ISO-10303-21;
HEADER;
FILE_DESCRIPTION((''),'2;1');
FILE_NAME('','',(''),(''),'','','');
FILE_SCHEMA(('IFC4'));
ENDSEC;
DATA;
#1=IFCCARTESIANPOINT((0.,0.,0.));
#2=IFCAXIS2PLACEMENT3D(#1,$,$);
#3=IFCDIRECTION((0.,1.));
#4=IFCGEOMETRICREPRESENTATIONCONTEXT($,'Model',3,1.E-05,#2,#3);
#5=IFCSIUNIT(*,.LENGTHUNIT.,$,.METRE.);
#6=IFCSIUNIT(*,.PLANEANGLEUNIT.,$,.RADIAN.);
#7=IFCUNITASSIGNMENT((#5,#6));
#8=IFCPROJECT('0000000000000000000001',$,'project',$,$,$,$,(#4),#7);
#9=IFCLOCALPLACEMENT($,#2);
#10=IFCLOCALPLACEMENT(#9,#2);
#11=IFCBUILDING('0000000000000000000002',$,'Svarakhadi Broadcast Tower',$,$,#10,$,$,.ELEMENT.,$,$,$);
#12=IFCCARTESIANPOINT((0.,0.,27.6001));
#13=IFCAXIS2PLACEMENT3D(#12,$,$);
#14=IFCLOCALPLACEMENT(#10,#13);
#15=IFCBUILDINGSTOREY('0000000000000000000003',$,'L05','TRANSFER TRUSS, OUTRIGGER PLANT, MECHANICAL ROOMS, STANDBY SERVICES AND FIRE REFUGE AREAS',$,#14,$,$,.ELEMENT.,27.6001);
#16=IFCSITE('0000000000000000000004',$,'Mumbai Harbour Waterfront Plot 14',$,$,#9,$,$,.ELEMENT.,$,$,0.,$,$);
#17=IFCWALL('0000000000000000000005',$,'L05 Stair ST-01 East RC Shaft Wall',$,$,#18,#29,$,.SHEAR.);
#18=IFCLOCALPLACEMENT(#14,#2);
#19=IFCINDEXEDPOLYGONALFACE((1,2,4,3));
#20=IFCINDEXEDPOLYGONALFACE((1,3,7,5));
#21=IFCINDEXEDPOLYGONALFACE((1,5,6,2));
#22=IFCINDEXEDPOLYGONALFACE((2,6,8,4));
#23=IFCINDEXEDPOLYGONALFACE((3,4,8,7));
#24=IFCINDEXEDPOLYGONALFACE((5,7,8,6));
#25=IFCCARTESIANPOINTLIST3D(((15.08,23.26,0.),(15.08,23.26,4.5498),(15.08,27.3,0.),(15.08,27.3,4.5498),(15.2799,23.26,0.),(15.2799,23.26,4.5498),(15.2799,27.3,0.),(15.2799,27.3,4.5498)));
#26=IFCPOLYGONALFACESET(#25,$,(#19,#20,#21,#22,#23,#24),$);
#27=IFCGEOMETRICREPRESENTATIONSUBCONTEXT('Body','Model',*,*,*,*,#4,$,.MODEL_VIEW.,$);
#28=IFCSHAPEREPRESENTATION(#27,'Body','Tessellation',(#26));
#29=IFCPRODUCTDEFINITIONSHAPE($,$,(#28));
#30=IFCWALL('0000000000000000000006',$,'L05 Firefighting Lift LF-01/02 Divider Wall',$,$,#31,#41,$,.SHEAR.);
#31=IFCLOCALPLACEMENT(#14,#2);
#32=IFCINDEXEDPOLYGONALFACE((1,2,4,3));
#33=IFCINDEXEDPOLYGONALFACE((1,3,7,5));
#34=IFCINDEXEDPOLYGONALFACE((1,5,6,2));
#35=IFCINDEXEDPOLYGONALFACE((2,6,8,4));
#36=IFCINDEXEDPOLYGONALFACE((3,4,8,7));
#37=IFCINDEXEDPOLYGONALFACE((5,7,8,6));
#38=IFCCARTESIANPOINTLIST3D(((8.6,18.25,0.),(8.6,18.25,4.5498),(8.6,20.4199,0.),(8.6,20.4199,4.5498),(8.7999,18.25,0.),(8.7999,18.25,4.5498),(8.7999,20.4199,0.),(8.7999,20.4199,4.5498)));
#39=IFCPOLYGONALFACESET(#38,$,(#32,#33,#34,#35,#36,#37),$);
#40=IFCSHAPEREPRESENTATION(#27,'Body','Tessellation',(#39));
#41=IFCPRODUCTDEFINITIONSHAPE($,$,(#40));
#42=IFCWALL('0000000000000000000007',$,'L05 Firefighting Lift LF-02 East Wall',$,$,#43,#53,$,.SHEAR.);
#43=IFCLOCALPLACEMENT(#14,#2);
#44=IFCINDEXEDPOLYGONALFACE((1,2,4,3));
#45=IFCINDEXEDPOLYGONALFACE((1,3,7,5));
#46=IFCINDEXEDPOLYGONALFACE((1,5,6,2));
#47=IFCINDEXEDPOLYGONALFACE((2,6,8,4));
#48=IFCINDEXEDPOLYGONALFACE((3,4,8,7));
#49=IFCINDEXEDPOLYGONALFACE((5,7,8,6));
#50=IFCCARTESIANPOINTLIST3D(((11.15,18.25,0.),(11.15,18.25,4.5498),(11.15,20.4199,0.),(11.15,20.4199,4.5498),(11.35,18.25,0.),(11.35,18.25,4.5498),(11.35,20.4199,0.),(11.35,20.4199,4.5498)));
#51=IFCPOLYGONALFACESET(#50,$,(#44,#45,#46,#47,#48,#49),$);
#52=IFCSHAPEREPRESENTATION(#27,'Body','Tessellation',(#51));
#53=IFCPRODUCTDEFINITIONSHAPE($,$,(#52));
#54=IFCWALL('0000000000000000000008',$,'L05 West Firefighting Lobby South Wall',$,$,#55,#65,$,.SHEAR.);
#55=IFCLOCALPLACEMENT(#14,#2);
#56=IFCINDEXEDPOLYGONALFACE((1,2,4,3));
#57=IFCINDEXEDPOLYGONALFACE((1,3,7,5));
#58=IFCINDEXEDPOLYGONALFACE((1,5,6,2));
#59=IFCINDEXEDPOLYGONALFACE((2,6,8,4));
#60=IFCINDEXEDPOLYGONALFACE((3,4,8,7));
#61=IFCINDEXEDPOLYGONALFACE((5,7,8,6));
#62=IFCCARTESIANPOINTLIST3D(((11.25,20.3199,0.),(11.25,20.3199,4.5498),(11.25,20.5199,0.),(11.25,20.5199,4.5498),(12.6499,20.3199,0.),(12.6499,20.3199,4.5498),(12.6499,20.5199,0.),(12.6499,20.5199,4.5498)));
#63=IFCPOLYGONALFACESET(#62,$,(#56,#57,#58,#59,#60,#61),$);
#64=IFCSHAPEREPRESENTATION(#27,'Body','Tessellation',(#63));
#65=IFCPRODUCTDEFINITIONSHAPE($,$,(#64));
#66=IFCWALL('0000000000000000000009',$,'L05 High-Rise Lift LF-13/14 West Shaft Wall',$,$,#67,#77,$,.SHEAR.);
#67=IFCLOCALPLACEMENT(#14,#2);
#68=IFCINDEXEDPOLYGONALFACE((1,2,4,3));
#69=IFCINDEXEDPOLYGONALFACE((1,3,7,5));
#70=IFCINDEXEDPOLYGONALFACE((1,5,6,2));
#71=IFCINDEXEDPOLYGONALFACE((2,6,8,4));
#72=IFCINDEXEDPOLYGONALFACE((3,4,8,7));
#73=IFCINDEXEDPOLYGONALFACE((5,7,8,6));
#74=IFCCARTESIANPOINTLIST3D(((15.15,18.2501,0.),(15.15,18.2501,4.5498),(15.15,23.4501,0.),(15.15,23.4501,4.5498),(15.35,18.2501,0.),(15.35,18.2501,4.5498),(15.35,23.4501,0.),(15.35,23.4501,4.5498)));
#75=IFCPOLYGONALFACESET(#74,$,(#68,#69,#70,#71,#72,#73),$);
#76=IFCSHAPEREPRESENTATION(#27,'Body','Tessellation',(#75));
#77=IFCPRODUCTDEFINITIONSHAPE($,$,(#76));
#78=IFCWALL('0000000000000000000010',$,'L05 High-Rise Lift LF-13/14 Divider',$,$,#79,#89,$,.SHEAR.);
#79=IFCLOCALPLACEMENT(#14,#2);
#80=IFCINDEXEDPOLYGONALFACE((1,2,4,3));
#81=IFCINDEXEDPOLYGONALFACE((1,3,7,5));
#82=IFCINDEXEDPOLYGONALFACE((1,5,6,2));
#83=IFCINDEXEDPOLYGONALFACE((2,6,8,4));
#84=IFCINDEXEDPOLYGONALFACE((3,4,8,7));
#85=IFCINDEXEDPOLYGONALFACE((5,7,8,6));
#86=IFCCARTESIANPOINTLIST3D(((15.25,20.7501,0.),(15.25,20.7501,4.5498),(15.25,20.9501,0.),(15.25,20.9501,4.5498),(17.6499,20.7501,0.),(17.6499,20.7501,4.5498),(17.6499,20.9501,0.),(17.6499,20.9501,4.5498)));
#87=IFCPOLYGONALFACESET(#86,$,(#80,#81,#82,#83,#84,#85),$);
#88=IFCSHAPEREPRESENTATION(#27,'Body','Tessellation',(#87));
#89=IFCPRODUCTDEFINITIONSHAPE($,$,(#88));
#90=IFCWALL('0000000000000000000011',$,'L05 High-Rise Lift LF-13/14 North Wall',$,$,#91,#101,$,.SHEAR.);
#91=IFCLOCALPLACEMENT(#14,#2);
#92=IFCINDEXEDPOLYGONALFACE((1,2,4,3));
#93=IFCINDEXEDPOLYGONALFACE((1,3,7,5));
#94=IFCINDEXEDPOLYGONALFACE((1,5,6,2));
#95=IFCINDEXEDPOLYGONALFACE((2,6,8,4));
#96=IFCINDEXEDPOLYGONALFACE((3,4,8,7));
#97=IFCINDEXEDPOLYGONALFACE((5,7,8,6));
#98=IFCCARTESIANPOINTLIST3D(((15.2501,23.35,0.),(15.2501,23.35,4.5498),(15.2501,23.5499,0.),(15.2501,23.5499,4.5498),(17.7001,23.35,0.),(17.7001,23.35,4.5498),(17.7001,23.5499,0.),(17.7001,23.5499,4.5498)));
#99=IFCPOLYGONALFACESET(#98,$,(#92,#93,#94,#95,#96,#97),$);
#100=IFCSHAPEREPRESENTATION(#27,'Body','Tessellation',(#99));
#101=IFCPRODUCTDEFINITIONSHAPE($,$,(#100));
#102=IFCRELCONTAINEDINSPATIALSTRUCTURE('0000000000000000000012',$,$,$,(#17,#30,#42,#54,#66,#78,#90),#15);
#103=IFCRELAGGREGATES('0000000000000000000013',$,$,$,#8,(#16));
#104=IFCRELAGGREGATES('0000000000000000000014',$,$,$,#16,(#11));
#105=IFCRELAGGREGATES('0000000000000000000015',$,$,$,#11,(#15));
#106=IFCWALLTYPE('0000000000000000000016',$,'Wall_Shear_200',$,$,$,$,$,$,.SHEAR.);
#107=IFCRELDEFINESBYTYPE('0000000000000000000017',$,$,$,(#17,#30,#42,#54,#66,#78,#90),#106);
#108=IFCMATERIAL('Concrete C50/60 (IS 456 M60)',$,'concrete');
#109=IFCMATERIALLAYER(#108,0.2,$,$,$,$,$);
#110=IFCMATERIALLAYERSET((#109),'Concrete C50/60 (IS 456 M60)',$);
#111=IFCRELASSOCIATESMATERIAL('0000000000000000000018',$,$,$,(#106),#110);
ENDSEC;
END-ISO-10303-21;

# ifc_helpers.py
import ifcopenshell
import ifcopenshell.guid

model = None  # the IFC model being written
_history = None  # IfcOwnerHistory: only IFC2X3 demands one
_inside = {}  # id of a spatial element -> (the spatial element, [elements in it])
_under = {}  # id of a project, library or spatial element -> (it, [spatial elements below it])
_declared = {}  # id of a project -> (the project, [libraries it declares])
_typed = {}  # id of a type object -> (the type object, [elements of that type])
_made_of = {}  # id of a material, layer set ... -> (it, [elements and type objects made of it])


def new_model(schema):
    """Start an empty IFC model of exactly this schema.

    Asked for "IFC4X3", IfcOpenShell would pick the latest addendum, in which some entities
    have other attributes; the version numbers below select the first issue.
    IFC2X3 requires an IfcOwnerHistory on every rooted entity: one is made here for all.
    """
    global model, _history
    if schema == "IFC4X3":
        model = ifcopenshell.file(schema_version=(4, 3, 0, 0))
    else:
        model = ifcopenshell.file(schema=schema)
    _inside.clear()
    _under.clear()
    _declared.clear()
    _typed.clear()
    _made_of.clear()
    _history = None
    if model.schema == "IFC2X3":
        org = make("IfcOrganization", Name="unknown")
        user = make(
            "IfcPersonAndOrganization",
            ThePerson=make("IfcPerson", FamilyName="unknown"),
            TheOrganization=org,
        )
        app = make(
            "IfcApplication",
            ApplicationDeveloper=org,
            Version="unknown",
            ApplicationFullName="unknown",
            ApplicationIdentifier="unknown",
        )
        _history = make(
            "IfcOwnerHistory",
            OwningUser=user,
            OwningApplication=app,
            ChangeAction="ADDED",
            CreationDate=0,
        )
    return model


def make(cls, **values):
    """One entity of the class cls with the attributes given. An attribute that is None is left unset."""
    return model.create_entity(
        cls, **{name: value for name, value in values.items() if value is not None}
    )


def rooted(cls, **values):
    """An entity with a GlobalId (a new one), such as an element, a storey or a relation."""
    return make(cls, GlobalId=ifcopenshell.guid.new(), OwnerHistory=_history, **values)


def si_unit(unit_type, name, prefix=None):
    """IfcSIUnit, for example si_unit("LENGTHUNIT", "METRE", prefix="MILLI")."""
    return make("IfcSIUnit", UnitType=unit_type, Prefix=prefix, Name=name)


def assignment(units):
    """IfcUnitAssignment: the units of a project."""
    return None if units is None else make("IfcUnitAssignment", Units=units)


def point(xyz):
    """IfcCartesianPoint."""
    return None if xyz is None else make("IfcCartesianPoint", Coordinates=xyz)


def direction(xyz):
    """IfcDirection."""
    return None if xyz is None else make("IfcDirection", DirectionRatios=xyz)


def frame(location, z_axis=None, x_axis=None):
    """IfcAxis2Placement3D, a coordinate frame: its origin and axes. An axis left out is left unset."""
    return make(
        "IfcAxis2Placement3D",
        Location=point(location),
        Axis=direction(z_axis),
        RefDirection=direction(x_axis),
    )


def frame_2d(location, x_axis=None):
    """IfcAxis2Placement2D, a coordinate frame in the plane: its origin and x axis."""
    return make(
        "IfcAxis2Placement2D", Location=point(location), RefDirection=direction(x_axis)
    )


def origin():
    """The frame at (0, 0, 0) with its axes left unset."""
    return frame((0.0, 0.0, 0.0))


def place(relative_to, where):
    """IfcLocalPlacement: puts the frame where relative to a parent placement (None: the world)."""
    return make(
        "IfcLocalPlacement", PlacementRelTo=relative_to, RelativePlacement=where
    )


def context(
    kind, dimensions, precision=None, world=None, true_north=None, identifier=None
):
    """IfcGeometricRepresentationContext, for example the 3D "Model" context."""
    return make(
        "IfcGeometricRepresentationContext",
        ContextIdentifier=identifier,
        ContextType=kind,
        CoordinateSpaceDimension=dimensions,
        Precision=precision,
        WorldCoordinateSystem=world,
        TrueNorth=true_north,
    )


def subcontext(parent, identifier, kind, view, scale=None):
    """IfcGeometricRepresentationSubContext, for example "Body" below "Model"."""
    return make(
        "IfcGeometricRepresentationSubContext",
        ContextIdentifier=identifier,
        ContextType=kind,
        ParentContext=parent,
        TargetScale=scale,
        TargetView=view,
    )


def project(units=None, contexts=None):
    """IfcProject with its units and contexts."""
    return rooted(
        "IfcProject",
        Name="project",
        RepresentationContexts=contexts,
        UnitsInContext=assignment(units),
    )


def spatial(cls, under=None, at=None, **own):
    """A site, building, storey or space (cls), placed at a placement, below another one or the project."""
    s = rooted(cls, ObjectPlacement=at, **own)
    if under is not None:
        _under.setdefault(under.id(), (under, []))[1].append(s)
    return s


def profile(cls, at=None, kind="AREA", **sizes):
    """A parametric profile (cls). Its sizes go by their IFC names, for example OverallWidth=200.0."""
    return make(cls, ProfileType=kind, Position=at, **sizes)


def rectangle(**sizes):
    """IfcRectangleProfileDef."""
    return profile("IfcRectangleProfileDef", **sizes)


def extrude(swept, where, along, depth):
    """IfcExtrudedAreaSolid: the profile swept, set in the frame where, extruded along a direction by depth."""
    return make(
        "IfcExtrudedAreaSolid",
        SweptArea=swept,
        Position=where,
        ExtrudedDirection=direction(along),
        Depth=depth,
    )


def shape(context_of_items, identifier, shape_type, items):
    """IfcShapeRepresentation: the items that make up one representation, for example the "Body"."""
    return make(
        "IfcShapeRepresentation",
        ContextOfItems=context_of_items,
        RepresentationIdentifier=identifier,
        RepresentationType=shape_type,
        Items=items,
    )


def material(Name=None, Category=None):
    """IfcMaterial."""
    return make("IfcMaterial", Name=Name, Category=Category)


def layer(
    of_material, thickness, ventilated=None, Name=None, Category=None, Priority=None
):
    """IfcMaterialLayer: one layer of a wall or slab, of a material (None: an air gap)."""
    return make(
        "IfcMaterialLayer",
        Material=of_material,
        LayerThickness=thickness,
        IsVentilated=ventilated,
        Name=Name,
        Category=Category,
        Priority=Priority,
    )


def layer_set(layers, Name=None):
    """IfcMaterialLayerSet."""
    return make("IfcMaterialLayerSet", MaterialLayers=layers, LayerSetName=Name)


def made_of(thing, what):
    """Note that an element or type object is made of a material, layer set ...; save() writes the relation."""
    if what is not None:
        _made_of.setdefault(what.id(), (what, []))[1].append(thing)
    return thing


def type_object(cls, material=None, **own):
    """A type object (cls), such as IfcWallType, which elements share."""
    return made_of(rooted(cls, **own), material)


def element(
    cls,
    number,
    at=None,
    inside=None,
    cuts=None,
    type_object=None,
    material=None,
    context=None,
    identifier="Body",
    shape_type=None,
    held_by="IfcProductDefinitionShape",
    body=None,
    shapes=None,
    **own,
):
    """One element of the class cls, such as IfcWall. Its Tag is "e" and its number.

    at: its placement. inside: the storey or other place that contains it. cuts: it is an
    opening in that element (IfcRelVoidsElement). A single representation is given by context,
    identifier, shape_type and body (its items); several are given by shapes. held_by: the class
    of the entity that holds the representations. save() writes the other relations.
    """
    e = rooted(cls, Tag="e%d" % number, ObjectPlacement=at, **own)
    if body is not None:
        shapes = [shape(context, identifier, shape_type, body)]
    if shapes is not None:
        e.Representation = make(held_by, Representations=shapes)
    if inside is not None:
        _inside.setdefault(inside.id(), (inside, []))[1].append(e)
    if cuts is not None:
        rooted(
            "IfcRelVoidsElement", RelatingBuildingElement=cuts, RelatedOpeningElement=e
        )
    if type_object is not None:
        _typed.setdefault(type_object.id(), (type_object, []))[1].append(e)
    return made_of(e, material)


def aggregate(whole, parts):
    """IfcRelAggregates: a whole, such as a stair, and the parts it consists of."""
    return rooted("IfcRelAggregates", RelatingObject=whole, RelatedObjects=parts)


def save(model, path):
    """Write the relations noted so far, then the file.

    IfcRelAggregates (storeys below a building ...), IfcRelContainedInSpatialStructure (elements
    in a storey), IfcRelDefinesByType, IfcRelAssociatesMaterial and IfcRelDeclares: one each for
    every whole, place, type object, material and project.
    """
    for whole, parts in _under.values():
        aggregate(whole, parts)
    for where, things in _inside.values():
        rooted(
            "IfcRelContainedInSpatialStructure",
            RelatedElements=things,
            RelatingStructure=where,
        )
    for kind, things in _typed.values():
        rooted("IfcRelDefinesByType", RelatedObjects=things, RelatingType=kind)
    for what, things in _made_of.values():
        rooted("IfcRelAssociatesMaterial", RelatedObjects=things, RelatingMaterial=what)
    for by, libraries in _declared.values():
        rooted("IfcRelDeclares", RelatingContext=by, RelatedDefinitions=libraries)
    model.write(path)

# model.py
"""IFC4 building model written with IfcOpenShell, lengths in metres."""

from ifc_helpers import new_model, si_unit, direction, frame, frame_2d, origin, place, context, subcontext, project, spatial, rectangle, extrude, material, layer, layer_set, type_object, element, save


model = new_model("IFC4")

# Units and contexts
model_context = context("Model", 3, precision=1e-05, world=origin(), true_north=direction((0.0, 1.0)))
body_context = subcontext(model_context, "Body", "Model", "MODEL_VIEW")
ifc_project = project(units=[si_unit("LENGTHUNIT", "METRE"), si_unit("PLANEANGLEUNIT", "RADIAN")], contexts=[model_context])

# Site, building, storey
site_placement = place(None, origin())
site = spatial("IfcSite", under=ifc_project, at=site_placement, Name="Mumbai Harbour Waterfront Plot 14", CompositionType="ELEMENT", RefElevation=0.0)
building_placement = place(site_placement, origin())
building = spatial("IfcBuilding", under=site, at=building_placement, Name="Svarakhadi Broadcast Tower", CompositionType="ELEMENT")
storey_placement = place(building_placement, frame((0.0, 0.0, 27.6001)))
storey = spatial("IfcBuildingStorey", under=building, at=storey_placement, Name="L05", Description="TRANSFER TRUSS, OUTRIGGER PLANT, MECHANICAL ROOMS, STANDBY SERVICES AND FIRE REFUGE AREAS", CompositionType="ELEMENT", Elevation=27.6001)

# Walls
ifc_material_1 = material(Name="Concrete C50/60 (IS 456 M60)", Category="concrete")
ifc_layer_1 = layer(ifc_material_1, 0.2)
ifc_layer_set_1 = layer_set([ifc_layer_1], Name="Concrete C50/60 (IS 456 M60)")
wall_type_1 = type_object("IfcWallType", Name="Wall_Shear_200", PredefinedType="SHEAR", material=ifc_layer_set_1)
wall_1_placement = place(storey_placement, frame((15.1799, 23.26, 0.0), z_axis=(0.0, 0.0, 1.0), x_axis=(0.0, 1.0, 0.0)))
element("IfcWall", 1, at=wall_1_placement, inside=storey, type_object=wall_type_1, Name="L05 Stair ST-01 East RC Shaft Wall", PredefinedType="SHEAR", context=body_context, shape_type="SweptSolid", body=[
    extrude(rectangle(XDim=4.04, YDim=0.2, at=frame_2d((2.02, 0.0))), origin(), (0.0, 0.0, 1.0), 4.5498),
])
for number, where, z_axis, x_axis, name in (
    (2, (8.7, 18.25, 0.0), (0.0, 0.0, 1.0), (0.0, 1.0, 0.0), "L05 Firefighting Lift LF-01/02 Divider Wall"),
    (3, (11.25, 18.25, 0.0), (0.0, 0.0, 1.0), (0.0, 1.0, 0.0), "L05 Firefighting Lift LF-02 East Wall"),
):
    element("IfcWall", number, at=place(storey_placement, frame(where, z_axis=z_axis, x_axis=x_axis)), inside=storey, type_object=wall_type_1, Name=name, PredefinedType="SHEAR", context=body_context, shape_type="SweptSolid", body=[
        extrude(rectangle(XDim=2.1699, YDim=0.2, at=frame_2d((1.085, 0.0))), origin(), (0.0, 0.0, 1.0), 4.5498),
    ])
wall_2_placement = place(storey_placement, frame((11.25, 20.4199, 0.0), z_axis=(0.0, 0.0, 1.0), x_axis=(1.0, 0.0, 0.0)))
element("IfcWall", 4, at=wall_2_placement, inside=storey, type_object=wall_type_1, Name="L05 West Firefighting Lobby South Wall", PredefinedType="SHEAR", context=body_context, shape_type="SweptSolid", body=[
    extrude(rectangle(XDim=1.3999, YDim=0.2, at=frame_2d((0.7, 0.0))), origin(), (0.0, 0.0, 1.0), 4.5498),
])

# Walls
wall_3_placement = place(storey_placement, frame((15.25, 18.25, 0.0), z_axis=(0.0, 0.0, 1.0), x_axis=(0.0, 1.0, 0.0)))
element("IfcWall", 5, at=wall_3_placement, inside=storey, type_object=wall_type_1, Name="L05 High-Rise Lift LF-13/14 West Shaft Wall", PredefinedType="SHEAR", context=body_context, shape_type="SweptSolid", body=[
    extrude(rectangle(XDim=5.2, YDim=0.2, at=frame_2d((2.6001, 0.0))), origin(), (0.0, 0.0, 1.0), 4.5498),
])
wall_4_placement = place(storey_placement, frame((15.25, 20.8501, 0.0), z_axis=(0.0, 0.0, 1.0), x_axis=(1.0, 0.0, 0.0)))
element("IfcWall", 6, at=wall_4_placement, inside=storey, type_object=wall_type_1, Name="L05 High-Rise Lift LF-13/14 Divider", PredefinedType="SHEAR", context=body_context, shape_type="SweptSolid", body=[
    extrude(rectangle(XDim=2.3999, YDim=0.2, at=frame_2d((1.2, 0.0))), origin(), (0.0, 0.0, 1.0), 4.5498),
])
wall_5_placement = place(storey_placement, frame((15.25, 23.45, 0.0), z_axis=(0.0, 0.0, 1.0), x_axis=(1.0, 0.0, 0.0)))
element("IfcWall", 7, at=wall_5_placement, inside=storey, type_object=wall_type_1, Name="L05 High-Rise Lift LF-13/14 North Wall", PredefinedType="SHEAR", context=body_context, shape_type="SweptSolid", body=[
    extrude(rectangle(XDim=2.45, YDim=0.2, at=frame_2d((1.2251, 0.0))), origin(), (0.0, 0.0, 1.0), 4.5498),
])

save(model, "model.ifc")
